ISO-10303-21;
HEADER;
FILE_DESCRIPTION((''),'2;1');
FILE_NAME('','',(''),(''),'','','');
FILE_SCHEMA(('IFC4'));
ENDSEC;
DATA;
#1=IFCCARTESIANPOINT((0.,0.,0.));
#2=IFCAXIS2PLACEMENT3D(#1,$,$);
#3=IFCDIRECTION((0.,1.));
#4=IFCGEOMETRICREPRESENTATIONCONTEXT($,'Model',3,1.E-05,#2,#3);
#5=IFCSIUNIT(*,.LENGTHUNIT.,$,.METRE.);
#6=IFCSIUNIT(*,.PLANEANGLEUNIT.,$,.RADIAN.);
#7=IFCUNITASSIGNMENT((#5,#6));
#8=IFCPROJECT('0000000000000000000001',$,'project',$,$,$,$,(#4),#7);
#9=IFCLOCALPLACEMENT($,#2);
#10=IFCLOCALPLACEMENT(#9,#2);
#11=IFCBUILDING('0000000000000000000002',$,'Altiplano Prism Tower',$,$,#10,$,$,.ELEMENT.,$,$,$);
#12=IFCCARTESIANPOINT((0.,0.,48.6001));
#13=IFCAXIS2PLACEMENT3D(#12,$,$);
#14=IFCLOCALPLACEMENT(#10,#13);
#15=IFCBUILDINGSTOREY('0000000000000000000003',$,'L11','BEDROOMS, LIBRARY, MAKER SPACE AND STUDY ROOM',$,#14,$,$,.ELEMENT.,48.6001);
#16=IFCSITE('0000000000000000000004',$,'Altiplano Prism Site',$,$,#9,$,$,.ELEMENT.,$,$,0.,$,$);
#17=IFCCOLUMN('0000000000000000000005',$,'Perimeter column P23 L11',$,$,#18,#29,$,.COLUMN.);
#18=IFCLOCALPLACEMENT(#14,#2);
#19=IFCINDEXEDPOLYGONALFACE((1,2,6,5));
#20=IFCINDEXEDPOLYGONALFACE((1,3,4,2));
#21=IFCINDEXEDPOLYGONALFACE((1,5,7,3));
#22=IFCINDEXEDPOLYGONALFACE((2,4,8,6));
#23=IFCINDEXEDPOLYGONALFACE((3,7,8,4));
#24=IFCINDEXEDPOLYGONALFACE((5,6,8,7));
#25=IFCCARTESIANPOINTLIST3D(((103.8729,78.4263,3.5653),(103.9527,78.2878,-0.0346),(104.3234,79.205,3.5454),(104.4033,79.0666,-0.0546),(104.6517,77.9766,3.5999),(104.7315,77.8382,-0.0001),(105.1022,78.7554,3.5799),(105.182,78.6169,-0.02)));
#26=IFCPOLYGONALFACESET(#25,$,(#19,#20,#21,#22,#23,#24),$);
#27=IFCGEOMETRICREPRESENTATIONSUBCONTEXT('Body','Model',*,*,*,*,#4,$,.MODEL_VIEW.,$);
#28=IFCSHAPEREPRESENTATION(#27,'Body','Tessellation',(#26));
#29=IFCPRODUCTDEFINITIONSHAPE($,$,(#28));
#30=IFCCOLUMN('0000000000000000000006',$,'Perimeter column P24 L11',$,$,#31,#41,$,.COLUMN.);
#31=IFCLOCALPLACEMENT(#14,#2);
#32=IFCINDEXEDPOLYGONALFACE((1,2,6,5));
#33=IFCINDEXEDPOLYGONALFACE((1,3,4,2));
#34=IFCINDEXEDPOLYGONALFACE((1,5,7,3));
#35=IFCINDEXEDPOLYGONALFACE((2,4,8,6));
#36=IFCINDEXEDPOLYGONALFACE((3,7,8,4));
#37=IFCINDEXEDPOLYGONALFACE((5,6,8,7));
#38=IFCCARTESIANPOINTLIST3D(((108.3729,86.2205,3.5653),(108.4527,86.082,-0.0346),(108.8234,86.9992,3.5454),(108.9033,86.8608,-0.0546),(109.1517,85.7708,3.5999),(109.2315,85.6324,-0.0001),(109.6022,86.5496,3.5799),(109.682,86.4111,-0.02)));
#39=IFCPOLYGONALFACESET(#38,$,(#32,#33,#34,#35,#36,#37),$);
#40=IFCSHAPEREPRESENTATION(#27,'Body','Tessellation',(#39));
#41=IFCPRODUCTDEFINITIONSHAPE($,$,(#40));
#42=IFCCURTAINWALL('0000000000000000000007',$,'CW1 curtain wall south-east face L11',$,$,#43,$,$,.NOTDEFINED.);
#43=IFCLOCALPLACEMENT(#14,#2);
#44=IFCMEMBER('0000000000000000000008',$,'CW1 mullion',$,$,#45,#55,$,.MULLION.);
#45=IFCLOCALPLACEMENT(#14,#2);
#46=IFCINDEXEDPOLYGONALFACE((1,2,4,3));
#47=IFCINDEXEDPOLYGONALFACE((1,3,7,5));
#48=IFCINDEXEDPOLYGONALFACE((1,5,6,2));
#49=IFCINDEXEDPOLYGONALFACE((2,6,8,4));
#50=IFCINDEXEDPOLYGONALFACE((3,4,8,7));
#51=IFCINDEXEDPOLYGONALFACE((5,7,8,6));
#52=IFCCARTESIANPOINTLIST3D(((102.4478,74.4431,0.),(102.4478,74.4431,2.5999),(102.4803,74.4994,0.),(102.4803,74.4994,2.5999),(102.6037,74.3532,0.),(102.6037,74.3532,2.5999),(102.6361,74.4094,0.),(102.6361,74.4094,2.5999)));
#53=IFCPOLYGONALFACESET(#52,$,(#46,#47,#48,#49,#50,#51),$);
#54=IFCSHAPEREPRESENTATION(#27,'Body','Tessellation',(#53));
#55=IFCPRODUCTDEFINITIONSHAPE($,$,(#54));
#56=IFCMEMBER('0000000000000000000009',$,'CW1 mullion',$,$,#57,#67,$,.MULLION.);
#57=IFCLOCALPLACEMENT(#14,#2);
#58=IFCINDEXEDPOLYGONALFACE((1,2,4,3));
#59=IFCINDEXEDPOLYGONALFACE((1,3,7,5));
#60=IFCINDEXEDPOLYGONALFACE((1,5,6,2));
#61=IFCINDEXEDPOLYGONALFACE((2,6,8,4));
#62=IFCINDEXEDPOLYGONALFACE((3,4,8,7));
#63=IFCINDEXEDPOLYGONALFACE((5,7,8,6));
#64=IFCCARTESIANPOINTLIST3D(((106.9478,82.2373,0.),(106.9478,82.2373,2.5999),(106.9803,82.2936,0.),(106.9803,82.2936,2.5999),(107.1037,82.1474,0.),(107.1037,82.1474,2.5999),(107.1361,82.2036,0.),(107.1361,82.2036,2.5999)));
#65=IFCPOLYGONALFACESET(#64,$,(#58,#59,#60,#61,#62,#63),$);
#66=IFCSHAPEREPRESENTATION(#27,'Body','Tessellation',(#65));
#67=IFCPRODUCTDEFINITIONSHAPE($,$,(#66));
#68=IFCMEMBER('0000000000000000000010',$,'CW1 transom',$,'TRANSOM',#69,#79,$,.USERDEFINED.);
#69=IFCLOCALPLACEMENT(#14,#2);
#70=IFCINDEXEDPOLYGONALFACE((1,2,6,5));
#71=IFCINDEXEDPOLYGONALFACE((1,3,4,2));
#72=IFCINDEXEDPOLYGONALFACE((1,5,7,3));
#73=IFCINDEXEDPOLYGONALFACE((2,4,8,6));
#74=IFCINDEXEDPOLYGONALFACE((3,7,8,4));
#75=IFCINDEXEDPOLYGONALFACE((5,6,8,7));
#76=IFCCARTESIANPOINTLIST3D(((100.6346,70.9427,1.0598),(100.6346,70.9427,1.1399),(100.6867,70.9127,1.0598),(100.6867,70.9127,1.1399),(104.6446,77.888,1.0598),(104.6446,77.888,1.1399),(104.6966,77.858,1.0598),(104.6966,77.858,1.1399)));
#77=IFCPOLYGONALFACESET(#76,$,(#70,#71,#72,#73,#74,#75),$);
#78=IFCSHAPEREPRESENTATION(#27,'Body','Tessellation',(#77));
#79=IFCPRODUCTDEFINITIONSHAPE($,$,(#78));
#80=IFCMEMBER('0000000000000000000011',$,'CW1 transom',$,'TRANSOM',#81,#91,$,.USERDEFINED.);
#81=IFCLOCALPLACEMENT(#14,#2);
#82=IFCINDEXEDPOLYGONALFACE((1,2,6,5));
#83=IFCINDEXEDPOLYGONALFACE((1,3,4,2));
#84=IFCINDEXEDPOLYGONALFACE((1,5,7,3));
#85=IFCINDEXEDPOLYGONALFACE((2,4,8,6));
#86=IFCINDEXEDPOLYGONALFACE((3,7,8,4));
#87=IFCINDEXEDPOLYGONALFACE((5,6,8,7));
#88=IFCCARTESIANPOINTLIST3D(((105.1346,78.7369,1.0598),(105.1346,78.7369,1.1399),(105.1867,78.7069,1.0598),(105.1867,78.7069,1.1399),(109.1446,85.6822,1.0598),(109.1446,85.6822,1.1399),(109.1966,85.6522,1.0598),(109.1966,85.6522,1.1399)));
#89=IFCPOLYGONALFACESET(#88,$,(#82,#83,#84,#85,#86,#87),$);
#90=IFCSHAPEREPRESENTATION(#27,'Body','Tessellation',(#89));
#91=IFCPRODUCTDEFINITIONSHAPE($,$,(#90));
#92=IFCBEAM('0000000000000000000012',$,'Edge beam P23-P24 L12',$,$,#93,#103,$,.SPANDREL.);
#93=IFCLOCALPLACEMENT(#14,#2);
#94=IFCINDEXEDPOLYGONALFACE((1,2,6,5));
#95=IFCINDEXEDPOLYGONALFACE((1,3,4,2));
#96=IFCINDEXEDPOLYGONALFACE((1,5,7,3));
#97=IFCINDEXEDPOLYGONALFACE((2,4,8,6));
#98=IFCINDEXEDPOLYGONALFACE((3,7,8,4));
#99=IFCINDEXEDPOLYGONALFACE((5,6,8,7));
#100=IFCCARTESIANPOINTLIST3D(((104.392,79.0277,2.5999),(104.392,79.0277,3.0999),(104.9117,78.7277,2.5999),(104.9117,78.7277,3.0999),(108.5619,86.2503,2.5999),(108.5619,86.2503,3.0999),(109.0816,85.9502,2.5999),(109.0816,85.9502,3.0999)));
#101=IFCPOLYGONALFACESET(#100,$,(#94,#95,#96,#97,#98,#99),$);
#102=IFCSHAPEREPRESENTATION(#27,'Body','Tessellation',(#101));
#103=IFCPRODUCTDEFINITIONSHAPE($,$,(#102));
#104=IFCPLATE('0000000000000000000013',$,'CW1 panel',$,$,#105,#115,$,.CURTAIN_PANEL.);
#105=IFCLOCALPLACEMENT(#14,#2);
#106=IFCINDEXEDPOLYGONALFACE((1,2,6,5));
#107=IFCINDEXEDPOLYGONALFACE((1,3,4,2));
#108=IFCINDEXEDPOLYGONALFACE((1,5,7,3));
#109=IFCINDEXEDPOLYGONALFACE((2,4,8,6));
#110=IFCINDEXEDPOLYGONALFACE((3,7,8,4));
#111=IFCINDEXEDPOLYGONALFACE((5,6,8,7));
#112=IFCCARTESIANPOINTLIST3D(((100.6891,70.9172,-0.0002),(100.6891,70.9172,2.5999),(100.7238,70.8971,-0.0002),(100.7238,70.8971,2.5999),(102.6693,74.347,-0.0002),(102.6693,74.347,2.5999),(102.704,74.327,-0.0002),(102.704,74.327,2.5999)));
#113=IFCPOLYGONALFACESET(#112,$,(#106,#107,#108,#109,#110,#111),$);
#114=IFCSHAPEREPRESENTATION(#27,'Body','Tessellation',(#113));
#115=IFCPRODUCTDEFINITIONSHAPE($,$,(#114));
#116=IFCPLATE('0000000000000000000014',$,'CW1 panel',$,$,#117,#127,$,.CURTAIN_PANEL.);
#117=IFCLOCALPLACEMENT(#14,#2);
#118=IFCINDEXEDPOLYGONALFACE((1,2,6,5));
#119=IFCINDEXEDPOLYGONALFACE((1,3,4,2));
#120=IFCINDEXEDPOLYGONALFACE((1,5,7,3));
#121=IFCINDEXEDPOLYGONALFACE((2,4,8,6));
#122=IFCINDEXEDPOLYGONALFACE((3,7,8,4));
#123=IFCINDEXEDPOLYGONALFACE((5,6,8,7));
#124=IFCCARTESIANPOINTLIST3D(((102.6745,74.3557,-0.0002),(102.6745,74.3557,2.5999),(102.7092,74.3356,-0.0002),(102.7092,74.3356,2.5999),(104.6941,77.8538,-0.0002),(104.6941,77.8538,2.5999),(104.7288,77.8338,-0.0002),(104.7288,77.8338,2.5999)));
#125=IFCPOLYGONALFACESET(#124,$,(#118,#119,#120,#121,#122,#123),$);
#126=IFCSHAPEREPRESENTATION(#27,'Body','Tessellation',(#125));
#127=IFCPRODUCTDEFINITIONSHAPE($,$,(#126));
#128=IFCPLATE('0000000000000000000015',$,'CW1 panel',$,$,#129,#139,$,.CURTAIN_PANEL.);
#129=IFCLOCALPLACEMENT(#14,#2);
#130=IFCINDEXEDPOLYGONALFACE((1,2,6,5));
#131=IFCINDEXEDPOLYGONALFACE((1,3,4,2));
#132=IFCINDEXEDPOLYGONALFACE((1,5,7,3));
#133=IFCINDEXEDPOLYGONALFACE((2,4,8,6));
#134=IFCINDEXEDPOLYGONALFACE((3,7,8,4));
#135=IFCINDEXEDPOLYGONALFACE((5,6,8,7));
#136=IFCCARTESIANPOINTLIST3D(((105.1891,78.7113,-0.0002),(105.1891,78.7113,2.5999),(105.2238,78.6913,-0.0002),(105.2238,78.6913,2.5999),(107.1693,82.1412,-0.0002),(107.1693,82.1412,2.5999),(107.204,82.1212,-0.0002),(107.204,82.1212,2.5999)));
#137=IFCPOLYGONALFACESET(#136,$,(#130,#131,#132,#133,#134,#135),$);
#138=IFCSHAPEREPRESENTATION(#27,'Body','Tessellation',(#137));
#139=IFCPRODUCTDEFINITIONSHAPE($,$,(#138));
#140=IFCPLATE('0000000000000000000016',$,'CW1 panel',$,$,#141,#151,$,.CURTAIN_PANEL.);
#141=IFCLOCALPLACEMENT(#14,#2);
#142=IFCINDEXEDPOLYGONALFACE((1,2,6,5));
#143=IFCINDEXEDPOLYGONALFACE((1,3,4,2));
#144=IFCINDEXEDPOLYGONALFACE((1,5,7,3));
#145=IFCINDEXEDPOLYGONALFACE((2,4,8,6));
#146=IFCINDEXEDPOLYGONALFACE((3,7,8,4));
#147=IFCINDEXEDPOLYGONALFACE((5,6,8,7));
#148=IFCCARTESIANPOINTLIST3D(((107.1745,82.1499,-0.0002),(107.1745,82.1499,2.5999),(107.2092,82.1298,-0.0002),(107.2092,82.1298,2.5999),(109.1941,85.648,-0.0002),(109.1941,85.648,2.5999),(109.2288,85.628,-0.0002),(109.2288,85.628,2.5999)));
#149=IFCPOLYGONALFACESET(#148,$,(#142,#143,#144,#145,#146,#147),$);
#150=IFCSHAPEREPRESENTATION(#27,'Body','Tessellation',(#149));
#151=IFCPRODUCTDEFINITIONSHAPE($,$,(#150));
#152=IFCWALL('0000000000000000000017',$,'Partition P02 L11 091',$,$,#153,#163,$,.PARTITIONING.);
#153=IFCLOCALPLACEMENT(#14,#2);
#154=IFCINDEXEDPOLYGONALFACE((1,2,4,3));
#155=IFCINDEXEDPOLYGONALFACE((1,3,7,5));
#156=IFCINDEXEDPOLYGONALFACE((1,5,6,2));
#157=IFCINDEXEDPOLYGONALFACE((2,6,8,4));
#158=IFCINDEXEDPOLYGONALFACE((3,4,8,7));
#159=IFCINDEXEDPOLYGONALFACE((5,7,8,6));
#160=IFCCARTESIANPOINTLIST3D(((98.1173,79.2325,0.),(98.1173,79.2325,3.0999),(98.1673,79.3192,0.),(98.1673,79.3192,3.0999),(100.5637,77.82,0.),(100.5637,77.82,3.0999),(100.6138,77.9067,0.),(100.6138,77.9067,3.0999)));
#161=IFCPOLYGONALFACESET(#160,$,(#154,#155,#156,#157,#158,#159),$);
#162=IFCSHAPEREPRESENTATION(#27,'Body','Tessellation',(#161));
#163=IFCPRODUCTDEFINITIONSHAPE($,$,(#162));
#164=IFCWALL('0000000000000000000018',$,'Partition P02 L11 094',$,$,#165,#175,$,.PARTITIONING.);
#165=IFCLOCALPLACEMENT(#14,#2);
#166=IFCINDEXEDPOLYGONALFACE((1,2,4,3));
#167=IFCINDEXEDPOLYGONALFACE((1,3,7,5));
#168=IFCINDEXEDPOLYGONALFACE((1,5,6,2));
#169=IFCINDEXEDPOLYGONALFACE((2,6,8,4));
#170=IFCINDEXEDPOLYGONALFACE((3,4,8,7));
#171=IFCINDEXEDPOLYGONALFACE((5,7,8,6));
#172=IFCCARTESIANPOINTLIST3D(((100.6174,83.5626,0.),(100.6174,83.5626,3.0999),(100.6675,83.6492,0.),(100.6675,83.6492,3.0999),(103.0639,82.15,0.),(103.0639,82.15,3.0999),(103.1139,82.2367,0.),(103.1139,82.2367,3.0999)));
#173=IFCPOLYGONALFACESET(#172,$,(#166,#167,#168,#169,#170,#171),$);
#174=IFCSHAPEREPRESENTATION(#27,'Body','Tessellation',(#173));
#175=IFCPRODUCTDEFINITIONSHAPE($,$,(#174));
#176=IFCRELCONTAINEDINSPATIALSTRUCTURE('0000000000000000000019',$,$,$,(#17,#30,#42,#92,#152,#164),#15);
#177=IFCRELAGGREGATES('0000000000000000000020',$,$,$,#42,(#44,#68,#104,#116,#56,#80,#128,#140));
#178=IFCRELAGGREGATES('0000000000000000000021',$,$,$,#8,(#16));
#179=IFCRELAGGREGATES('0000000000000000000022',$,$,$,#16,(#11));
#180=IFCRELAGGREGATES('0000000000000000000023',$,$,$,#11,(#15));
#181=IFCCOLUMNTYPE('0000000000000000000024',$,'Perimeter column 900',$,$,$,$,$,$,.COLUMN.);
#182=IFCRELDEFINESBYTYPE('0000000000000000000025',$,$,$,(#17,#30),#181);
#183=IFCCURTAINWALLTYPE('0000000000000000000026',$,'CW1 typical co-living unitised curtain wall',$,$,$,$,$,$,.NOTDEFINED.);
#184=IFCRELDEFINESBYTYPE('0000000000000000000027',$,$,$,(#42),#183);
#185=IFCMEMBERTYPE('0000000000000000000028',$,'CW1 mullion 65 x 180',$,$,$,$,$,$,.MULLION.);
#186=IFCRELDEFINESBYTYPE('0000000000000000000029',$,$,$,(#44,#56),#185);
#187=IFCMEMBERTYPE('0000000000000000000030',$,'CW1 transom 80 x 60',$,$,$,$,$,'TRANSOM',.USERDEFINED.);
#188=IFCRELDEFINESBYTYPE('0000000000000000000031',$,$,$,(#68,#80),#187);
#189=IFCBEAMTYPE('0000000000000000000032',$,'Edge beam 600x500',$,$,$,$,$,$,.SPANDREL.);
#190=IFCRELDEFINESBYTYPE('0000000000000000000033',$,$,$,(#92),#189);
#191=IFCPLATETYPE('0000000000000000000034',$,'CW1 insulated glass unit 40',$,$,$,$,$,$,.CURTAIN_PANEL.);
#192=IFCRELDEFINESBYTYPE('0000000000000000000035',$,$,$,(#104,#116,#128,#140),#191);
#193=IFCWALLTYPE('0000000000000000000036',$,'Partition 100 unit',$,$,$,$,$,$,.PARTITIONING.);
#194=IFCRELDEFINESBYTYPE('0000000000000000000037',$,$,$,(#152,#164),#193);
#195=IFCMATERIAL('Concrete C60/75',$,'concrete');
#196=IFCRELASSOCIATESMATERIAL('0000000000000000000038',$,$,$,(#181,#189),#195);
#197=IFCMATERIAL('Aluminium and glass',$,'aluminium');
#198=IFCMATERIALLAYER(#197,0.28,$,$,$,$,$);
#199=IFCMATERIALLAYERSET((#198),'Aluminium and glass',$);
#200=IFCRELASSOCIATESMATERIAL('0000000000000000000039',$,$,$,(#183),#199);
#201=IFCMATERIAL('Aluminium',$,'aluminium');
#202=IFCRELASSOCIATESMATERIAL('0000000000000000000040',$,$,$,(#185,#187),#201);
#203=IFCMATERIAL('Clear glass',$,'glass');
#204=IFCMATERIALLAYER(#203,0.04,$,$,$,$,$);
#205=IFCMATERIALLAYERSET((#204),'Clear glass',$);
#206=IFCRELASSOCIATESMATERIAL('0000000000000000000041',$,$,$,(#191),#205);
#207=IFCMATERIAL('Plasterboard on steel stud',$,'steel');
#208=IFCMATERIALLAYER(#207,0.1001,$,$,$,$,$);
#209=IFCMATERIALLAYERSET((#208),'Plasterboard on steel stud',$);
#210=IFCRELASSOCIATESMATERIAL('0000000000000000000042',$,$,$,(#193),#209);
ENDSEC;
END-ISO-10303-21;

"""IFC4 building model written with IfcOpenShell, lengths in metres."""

from ifc_helpers import new_model, si_unit, direction, frame, frame_2d, origin, origin_2d, place, context, subcontext, project, spatial, rectangle, extrude, material, layer, layer_set, material_profile, profile_set, type_object, element, aggregate, save


model = new_model("IFC4")

# Units and contexts
model_context = context("Model", 3, precision=1e-05, world=origin(), true_north=direction((0.0, 1.0)))
body_context = subcontext(model_context, "Body", "Model", "MODEL_VIEW")
ifc_project = project(units=[si_unit("LENGTHUNIT", "METRE"), si_unit("PLANEANGLEUNIT", "RADIAN")], contexts=[model_context])

# Site, building, storey
site_placement = place(None, origin())
site = spatial("IfcSite", under=ifc_project, at=site_placement, Name="Altiplano Prism Site", CompositionType="ELEMENT", RefElevation=0.0)
building_placement = place(site_placement, origin())
building = spatial("IfcBuilding", under=site, at=building_placement, Name="Altiplano Prism Tower", CompositionType="ELEMENT")
storey_placement = place(building_placement, frame((0.0, 0.0, 48.6001)))
storey = spatial("IfcBuildingStorey", under=building, at=storey_placement, Name="L11", Description="BEDROOMS, LIBRARY, MAKER SPACE AND STUDY ROOM", CompositionType="ELEMENT", Elevation=48.6001)

# Columns
ifc_material_1 = material(Name="Concrete C60/75", Category="concrete")
ifc_material_profile_1 = material_profile(ifc_material_1, rectangle(XDim=0.8999, YDim=0.8999, at=origin_2d()), Name="Perimeter column 900")
ifc_profile_set_1 = profile_set([ifc_material_profile_1], Name="Concrete C60/75")
column_type = type_object("IfcColumnType", Name="Perimeter column 900", PredefinedType="COLUMN", material=ifc_profile_set_1)
for number, where, z_axis, x_axis, name in (
    (1, (104.5674, 78.4524, -0.0273), (-0.022155, 0.038416, 0.999016), (-0.50065, -0.865366, 0.022174), "Perimeter column P23 L11"),
    (2, (109.0674, 86.2466, -0.0273), (-0.022155, 0.038416, 0.999016), (-0.50065, -0.865366, 0.022174), "Perimeter column P24 L11"),
):
    element("IfcColumn", number, at=place(storey_placement, frame(where, z_axis=z_axis, x_axis=x_axis)), inside=storey, type_object=column_type, Name=name, PredefinedType="COLUMN", context=body_context, shape_type="SweptSolid", body=[
        extrude(rectangle(XDim=0.8999, YDim=0.8999, at=origin_2d()), origin(), (0.0, 0.0, 1.0), 3.6035),
    ])

# Curtain wall, members
ifc_material_2 = material(Name="Aluminium and glass", Category="aluminium")
ifc_layer_1 = layer(ifc_material_2, 0.28)
ifc_layer_set_1 = layer_set([ifc_layer_1], Name="Aluminium and glass")
curtain_wall_type = type_object("IfcCurtainWallType", Name="CW1 typical co-living unitised curtain wall", PredefinedType="NOTDEFINED", material=ifc_layer_set_1)
curtain_wall_placement = place(storey_placement, origin())
curtain_wall = element("IfcCurtainWall", 3, at=curtain_wall_placement, inside=storey, type_object=curtain_wall_type, Name="CW1 curtain wall south-east face L11", PredefinedType="NOTDEFINED")
ifc_material_3 = material(Name="Aluminium", Category="aluminium")
ifc_material_profile_2 = material_profile(ifc_material_3, rectangle(XDim=0.1799, YDim=0.0649, at=origin_2d()), Name="CW1 mullion 65 x 180")
ifc_profile_set_2 = profile_set([ifc_material_profile_2], Name="Aluminium")
member_type_1 = type_object("IfcMemberType", Name="CW1 mullion 65 x 180", PredefinedType="MULLION", material=ifc_profile_set_2)
member_1_placement = place(storey_placement, frame((102.542, 74.4263, 0.0), z_axis=(0.0, 0.0, 1.0), x_axis=(-0.866025, 0.5, 0.0)))
member_1 = element("IfcMember", 4, at=member_1_placement, type_object=member_type_1, Name="CW1 mullion", PredefinedType="MULLION", context=body_context, shape_type="SweptSolid", body=[
    extrude(rectangle(XDim=0.1799, YDim=0.0649, at=origin_2d()), origin(), (0.0, 0.0, 1.0), 2.5999),
])
member_2_placement = place(storey_placement, frame((107.042, 82.2205, 0.0), z_axis=(0.0, 0.0, 1.0), x_axis=(-0.866025, 0.5, 0.0)))
member_2 = element("IfcMember", 5, at=member_2_placement, type_object=member_type_1, Name="CW1 mullion", PredefinedType="MULLION", context=body_context, shape_type="SweptSolid", body=[
    extrude(rectangle(XDim=0.1799, YDim=0.0649, at=origin_2d()), origin(), (0.0, 0.0, 1.0), 2.5999),
])
ifc_material_profile_3 = material_profile(ifc_material_3, rectangle(XDim=0.0601, YDim=0.0801, at=origin_2d()), Name="CW1 transom 80 x 60")
ifc_profile_set_3 = profile_set([ifc_material_profile_3], Name="Aluminium")
member_type_2 = type_object("IfcMemberType", Name="CW1 transom 80 x 60", ElementType="TRANSOM", PredefinedType="USERDEFINED", material=ifc_profile_set_3)
member_3_placement = place(storey_placement, frame((100.6606, 70.9277, 1.0999), z_axis=(0.500012, 0.866018, 0.0), x_axis=(-0.866018, 0.500012, 0.0)))
member_3 = element("IfcMember", 6, at=member_3_placement, type_object=member_type_2, Name="CW1 transom", ObjectType="TRANSOM", PredefinedType="USERDEFINED", context=body_context, shape_type="SweptSolid", body=[
    extrude(rectangle(XDim=0.0601, YDim=0.0801, at=origin_2d()), origin(), (0.0, 0.0, 1.0), 8.0198),
])
member_4_placement = place(storey_placement, frame((105.1606, 78.7219, 1.0999), z_axis=(0.500012, 0.866018, 0.0), x_axis=(-0.866018, 0.500012, 0.0)))
member_4 = element("IfcMember", 7, at=member_4_placement, type_object=member_type_2, Name="CW1 transom", ObjectType="TRANSOM", PredefinedType="USERDEFINED", context=body_context, shape_type="SweptSolid", body=[
    extrude(rectangle(XDim=0.0601, YDim=0.0801, at=origin_2d()), origin(), (0.0, 0.0, 1.0), 8.0198),
])

# Beam
ifc_material_profile_4 = material_profile(ifc_material_1, rectangle(XDim=0.6001, YDim=0.5, at=origin_2d()), Name="Edge beam 600x500")
ifc_profile_set_4 = profile_set([ifc_material_profile_4], Name="Concrete C60/75")
beam_type = type_object("IfcBeamType", Name="Edge beam 600x500", PredefinedType="SPANDREL", material=ifc_profile_set_4)
beam_placement = place(storey_placement, frame((104.6519, 78.8777, 2.8499), z_axis=(0.499993, 0.86603, 0.0), x_axis=(-0.86603, 0.499993, 0.0)))
element("IfcBeam", 8, at=beam_placement, inside=storey, type_object=beam_type, Name="Edge beam P23-P24 L12", PredefinedType="SPANDREL", context=body_context, shape_type="SweptSolid", body=[
    extrude(rectangle(XDim=0.6001, YDim=0.5, at=origin_2d()), origin(), (0.0, 0.0, 1.0), 8.3398),
])

# Plates
ifc_material_4 = material(Name="Clear glass", Category="glass")
ifc_layer_2 = layer(ifc_material_4, 0.04)
ifc_layer_set_2 = layer_set([ifc_layer_2], Name="Clear glass")
plate_type = type_object("IfcPlateType", Name="CW1 insulated glass unit 40", PredefinedType="CURTAIN_PANEL", material=ifc_layer_set_2)
plate_1_placement = place(storey_placement, frame((101.6965, 72.6221, -0.0002), z_axis=(0.0, 0.0, 1.0), x_axis=(0.5, 0.866025, 0.0)))
plate_1 = element("IfcPlate", 9, at=plate_1_placement, type_object=plate_type, Name="CW1 panel", PredefinedType="CURTAIN_PANEL", context=body_context, shape_type="SweptSolid", body=[
    extrude(rectangle(XDim=3.9604, YDim=0.04, at=origin_2d()), origin(), (0.0, 0.0, 1.0), 2.6001),
])
plate_2_placement = place(storey_placement, frame((103.7017, 76.0947, -0.0002), z_axis=(0.0, 0.0, 1.0), x_axis=(0.5, 0.866025, 0.0)))
plate_2 = element("IfcPlate", 10, at=plate_2_placement, type_object=plate_type, Name="CW1 panel", PredefinedType="CURTAIN_PANEL", context=body_context, shape_type="SweptSolid", body=[
    extrude(rectangle(XDim=4.0393, YDim=0.04, at=origin_2d()), origin(), (0.0, 0.0, 1.0), 2.6001),
])
plate_3_placement = place(storey_placement, frame((106.1965, 80.4163, -0.0002), z_axis=(0.0, 0.0, 1.0), x_axis=(0.5, 0.866025, 0.0)))
plate_3 = element("IfcPlate", 11, at=plate_3_placement, type_object=plate_type, Name="CW1 panel", PredefinedType="CURTAIN_PANEL", context=body_context, shape_type="SweptSolid", body=[
    extrude(rectangle(XDim=3.9604, YDim=0.04, at=origin_2d()), origin(), (0.0, 0.0, 1.0), 2.6001),
])
plate_4_placement = place(storey_placement, frame((108.2017, 83.8889, -0.0002), z_axis=(0.0, 0.0, 1.0), x_axis=(0.5, 0.866025, 0.0)))
plate_4 = element("IfcPlate", 12, at=plate_4_placement, type_object=plate_type, Name="CW1 panel", PredefinedType="CURTAIN_PANEL", context=body_context, shape_type="SweptSolid", body=[
    extrude(rectangle(XDim=4.0393, YDim=0.04, at=origin_2d()), origin(), (0.0, 0.0, 1.0), 2.6001),
])
aggregate(curtain_wall, [member_1, member_3, plate_1, plate_2, member_2, member_4, plate_3, plate_4])

# Walls
ifc_material_5 = material(Name="Plasterboard on steel stud", Category="steel")
ifc_layer_3 = layer(ifc_material_5, 0.1001)
ifc_layer_set_3 = layer_set([ifc_layer_3], Name="Plasterboard on steel stud")
wall_type_1 = type_object("IfcWallType", Name="Partition 100 unit", PredefinedType="PARTITIONING", material=ifc_layer_set_3)
for number, where, z_axis, x_axis, name in (
    (13, (100.5889, 77.8633, 0.0), (0.0, 0.0, 1.0), (-0.866011, 0.500024, 0.0), "Partition P02 L11 091"),
    (14, (100.6423, 83.606, 0.0), (0.0, 0.0, 1.0), (0.866011, -0.500024, 0.0), "Partition P02 L11 094"),
):
    element("IfcWall", number, at=place(storey_placement, frame(where, z_axis=z_axis, x_axis=x_axis)), inside=storey, type_object=wall_type_1, Name=name, PredefinedType="PARTITIONING", context=body_context, shape_type="SweptSolid", body=[
        extrude(rectangle(XDim=2.825, YDim=0.1001, at=frame_2d((1.4126, 0.0))), origin(), (0.0, 0.0, 1.0), 3.0999),
    ])

save(model, "model.ifc")
